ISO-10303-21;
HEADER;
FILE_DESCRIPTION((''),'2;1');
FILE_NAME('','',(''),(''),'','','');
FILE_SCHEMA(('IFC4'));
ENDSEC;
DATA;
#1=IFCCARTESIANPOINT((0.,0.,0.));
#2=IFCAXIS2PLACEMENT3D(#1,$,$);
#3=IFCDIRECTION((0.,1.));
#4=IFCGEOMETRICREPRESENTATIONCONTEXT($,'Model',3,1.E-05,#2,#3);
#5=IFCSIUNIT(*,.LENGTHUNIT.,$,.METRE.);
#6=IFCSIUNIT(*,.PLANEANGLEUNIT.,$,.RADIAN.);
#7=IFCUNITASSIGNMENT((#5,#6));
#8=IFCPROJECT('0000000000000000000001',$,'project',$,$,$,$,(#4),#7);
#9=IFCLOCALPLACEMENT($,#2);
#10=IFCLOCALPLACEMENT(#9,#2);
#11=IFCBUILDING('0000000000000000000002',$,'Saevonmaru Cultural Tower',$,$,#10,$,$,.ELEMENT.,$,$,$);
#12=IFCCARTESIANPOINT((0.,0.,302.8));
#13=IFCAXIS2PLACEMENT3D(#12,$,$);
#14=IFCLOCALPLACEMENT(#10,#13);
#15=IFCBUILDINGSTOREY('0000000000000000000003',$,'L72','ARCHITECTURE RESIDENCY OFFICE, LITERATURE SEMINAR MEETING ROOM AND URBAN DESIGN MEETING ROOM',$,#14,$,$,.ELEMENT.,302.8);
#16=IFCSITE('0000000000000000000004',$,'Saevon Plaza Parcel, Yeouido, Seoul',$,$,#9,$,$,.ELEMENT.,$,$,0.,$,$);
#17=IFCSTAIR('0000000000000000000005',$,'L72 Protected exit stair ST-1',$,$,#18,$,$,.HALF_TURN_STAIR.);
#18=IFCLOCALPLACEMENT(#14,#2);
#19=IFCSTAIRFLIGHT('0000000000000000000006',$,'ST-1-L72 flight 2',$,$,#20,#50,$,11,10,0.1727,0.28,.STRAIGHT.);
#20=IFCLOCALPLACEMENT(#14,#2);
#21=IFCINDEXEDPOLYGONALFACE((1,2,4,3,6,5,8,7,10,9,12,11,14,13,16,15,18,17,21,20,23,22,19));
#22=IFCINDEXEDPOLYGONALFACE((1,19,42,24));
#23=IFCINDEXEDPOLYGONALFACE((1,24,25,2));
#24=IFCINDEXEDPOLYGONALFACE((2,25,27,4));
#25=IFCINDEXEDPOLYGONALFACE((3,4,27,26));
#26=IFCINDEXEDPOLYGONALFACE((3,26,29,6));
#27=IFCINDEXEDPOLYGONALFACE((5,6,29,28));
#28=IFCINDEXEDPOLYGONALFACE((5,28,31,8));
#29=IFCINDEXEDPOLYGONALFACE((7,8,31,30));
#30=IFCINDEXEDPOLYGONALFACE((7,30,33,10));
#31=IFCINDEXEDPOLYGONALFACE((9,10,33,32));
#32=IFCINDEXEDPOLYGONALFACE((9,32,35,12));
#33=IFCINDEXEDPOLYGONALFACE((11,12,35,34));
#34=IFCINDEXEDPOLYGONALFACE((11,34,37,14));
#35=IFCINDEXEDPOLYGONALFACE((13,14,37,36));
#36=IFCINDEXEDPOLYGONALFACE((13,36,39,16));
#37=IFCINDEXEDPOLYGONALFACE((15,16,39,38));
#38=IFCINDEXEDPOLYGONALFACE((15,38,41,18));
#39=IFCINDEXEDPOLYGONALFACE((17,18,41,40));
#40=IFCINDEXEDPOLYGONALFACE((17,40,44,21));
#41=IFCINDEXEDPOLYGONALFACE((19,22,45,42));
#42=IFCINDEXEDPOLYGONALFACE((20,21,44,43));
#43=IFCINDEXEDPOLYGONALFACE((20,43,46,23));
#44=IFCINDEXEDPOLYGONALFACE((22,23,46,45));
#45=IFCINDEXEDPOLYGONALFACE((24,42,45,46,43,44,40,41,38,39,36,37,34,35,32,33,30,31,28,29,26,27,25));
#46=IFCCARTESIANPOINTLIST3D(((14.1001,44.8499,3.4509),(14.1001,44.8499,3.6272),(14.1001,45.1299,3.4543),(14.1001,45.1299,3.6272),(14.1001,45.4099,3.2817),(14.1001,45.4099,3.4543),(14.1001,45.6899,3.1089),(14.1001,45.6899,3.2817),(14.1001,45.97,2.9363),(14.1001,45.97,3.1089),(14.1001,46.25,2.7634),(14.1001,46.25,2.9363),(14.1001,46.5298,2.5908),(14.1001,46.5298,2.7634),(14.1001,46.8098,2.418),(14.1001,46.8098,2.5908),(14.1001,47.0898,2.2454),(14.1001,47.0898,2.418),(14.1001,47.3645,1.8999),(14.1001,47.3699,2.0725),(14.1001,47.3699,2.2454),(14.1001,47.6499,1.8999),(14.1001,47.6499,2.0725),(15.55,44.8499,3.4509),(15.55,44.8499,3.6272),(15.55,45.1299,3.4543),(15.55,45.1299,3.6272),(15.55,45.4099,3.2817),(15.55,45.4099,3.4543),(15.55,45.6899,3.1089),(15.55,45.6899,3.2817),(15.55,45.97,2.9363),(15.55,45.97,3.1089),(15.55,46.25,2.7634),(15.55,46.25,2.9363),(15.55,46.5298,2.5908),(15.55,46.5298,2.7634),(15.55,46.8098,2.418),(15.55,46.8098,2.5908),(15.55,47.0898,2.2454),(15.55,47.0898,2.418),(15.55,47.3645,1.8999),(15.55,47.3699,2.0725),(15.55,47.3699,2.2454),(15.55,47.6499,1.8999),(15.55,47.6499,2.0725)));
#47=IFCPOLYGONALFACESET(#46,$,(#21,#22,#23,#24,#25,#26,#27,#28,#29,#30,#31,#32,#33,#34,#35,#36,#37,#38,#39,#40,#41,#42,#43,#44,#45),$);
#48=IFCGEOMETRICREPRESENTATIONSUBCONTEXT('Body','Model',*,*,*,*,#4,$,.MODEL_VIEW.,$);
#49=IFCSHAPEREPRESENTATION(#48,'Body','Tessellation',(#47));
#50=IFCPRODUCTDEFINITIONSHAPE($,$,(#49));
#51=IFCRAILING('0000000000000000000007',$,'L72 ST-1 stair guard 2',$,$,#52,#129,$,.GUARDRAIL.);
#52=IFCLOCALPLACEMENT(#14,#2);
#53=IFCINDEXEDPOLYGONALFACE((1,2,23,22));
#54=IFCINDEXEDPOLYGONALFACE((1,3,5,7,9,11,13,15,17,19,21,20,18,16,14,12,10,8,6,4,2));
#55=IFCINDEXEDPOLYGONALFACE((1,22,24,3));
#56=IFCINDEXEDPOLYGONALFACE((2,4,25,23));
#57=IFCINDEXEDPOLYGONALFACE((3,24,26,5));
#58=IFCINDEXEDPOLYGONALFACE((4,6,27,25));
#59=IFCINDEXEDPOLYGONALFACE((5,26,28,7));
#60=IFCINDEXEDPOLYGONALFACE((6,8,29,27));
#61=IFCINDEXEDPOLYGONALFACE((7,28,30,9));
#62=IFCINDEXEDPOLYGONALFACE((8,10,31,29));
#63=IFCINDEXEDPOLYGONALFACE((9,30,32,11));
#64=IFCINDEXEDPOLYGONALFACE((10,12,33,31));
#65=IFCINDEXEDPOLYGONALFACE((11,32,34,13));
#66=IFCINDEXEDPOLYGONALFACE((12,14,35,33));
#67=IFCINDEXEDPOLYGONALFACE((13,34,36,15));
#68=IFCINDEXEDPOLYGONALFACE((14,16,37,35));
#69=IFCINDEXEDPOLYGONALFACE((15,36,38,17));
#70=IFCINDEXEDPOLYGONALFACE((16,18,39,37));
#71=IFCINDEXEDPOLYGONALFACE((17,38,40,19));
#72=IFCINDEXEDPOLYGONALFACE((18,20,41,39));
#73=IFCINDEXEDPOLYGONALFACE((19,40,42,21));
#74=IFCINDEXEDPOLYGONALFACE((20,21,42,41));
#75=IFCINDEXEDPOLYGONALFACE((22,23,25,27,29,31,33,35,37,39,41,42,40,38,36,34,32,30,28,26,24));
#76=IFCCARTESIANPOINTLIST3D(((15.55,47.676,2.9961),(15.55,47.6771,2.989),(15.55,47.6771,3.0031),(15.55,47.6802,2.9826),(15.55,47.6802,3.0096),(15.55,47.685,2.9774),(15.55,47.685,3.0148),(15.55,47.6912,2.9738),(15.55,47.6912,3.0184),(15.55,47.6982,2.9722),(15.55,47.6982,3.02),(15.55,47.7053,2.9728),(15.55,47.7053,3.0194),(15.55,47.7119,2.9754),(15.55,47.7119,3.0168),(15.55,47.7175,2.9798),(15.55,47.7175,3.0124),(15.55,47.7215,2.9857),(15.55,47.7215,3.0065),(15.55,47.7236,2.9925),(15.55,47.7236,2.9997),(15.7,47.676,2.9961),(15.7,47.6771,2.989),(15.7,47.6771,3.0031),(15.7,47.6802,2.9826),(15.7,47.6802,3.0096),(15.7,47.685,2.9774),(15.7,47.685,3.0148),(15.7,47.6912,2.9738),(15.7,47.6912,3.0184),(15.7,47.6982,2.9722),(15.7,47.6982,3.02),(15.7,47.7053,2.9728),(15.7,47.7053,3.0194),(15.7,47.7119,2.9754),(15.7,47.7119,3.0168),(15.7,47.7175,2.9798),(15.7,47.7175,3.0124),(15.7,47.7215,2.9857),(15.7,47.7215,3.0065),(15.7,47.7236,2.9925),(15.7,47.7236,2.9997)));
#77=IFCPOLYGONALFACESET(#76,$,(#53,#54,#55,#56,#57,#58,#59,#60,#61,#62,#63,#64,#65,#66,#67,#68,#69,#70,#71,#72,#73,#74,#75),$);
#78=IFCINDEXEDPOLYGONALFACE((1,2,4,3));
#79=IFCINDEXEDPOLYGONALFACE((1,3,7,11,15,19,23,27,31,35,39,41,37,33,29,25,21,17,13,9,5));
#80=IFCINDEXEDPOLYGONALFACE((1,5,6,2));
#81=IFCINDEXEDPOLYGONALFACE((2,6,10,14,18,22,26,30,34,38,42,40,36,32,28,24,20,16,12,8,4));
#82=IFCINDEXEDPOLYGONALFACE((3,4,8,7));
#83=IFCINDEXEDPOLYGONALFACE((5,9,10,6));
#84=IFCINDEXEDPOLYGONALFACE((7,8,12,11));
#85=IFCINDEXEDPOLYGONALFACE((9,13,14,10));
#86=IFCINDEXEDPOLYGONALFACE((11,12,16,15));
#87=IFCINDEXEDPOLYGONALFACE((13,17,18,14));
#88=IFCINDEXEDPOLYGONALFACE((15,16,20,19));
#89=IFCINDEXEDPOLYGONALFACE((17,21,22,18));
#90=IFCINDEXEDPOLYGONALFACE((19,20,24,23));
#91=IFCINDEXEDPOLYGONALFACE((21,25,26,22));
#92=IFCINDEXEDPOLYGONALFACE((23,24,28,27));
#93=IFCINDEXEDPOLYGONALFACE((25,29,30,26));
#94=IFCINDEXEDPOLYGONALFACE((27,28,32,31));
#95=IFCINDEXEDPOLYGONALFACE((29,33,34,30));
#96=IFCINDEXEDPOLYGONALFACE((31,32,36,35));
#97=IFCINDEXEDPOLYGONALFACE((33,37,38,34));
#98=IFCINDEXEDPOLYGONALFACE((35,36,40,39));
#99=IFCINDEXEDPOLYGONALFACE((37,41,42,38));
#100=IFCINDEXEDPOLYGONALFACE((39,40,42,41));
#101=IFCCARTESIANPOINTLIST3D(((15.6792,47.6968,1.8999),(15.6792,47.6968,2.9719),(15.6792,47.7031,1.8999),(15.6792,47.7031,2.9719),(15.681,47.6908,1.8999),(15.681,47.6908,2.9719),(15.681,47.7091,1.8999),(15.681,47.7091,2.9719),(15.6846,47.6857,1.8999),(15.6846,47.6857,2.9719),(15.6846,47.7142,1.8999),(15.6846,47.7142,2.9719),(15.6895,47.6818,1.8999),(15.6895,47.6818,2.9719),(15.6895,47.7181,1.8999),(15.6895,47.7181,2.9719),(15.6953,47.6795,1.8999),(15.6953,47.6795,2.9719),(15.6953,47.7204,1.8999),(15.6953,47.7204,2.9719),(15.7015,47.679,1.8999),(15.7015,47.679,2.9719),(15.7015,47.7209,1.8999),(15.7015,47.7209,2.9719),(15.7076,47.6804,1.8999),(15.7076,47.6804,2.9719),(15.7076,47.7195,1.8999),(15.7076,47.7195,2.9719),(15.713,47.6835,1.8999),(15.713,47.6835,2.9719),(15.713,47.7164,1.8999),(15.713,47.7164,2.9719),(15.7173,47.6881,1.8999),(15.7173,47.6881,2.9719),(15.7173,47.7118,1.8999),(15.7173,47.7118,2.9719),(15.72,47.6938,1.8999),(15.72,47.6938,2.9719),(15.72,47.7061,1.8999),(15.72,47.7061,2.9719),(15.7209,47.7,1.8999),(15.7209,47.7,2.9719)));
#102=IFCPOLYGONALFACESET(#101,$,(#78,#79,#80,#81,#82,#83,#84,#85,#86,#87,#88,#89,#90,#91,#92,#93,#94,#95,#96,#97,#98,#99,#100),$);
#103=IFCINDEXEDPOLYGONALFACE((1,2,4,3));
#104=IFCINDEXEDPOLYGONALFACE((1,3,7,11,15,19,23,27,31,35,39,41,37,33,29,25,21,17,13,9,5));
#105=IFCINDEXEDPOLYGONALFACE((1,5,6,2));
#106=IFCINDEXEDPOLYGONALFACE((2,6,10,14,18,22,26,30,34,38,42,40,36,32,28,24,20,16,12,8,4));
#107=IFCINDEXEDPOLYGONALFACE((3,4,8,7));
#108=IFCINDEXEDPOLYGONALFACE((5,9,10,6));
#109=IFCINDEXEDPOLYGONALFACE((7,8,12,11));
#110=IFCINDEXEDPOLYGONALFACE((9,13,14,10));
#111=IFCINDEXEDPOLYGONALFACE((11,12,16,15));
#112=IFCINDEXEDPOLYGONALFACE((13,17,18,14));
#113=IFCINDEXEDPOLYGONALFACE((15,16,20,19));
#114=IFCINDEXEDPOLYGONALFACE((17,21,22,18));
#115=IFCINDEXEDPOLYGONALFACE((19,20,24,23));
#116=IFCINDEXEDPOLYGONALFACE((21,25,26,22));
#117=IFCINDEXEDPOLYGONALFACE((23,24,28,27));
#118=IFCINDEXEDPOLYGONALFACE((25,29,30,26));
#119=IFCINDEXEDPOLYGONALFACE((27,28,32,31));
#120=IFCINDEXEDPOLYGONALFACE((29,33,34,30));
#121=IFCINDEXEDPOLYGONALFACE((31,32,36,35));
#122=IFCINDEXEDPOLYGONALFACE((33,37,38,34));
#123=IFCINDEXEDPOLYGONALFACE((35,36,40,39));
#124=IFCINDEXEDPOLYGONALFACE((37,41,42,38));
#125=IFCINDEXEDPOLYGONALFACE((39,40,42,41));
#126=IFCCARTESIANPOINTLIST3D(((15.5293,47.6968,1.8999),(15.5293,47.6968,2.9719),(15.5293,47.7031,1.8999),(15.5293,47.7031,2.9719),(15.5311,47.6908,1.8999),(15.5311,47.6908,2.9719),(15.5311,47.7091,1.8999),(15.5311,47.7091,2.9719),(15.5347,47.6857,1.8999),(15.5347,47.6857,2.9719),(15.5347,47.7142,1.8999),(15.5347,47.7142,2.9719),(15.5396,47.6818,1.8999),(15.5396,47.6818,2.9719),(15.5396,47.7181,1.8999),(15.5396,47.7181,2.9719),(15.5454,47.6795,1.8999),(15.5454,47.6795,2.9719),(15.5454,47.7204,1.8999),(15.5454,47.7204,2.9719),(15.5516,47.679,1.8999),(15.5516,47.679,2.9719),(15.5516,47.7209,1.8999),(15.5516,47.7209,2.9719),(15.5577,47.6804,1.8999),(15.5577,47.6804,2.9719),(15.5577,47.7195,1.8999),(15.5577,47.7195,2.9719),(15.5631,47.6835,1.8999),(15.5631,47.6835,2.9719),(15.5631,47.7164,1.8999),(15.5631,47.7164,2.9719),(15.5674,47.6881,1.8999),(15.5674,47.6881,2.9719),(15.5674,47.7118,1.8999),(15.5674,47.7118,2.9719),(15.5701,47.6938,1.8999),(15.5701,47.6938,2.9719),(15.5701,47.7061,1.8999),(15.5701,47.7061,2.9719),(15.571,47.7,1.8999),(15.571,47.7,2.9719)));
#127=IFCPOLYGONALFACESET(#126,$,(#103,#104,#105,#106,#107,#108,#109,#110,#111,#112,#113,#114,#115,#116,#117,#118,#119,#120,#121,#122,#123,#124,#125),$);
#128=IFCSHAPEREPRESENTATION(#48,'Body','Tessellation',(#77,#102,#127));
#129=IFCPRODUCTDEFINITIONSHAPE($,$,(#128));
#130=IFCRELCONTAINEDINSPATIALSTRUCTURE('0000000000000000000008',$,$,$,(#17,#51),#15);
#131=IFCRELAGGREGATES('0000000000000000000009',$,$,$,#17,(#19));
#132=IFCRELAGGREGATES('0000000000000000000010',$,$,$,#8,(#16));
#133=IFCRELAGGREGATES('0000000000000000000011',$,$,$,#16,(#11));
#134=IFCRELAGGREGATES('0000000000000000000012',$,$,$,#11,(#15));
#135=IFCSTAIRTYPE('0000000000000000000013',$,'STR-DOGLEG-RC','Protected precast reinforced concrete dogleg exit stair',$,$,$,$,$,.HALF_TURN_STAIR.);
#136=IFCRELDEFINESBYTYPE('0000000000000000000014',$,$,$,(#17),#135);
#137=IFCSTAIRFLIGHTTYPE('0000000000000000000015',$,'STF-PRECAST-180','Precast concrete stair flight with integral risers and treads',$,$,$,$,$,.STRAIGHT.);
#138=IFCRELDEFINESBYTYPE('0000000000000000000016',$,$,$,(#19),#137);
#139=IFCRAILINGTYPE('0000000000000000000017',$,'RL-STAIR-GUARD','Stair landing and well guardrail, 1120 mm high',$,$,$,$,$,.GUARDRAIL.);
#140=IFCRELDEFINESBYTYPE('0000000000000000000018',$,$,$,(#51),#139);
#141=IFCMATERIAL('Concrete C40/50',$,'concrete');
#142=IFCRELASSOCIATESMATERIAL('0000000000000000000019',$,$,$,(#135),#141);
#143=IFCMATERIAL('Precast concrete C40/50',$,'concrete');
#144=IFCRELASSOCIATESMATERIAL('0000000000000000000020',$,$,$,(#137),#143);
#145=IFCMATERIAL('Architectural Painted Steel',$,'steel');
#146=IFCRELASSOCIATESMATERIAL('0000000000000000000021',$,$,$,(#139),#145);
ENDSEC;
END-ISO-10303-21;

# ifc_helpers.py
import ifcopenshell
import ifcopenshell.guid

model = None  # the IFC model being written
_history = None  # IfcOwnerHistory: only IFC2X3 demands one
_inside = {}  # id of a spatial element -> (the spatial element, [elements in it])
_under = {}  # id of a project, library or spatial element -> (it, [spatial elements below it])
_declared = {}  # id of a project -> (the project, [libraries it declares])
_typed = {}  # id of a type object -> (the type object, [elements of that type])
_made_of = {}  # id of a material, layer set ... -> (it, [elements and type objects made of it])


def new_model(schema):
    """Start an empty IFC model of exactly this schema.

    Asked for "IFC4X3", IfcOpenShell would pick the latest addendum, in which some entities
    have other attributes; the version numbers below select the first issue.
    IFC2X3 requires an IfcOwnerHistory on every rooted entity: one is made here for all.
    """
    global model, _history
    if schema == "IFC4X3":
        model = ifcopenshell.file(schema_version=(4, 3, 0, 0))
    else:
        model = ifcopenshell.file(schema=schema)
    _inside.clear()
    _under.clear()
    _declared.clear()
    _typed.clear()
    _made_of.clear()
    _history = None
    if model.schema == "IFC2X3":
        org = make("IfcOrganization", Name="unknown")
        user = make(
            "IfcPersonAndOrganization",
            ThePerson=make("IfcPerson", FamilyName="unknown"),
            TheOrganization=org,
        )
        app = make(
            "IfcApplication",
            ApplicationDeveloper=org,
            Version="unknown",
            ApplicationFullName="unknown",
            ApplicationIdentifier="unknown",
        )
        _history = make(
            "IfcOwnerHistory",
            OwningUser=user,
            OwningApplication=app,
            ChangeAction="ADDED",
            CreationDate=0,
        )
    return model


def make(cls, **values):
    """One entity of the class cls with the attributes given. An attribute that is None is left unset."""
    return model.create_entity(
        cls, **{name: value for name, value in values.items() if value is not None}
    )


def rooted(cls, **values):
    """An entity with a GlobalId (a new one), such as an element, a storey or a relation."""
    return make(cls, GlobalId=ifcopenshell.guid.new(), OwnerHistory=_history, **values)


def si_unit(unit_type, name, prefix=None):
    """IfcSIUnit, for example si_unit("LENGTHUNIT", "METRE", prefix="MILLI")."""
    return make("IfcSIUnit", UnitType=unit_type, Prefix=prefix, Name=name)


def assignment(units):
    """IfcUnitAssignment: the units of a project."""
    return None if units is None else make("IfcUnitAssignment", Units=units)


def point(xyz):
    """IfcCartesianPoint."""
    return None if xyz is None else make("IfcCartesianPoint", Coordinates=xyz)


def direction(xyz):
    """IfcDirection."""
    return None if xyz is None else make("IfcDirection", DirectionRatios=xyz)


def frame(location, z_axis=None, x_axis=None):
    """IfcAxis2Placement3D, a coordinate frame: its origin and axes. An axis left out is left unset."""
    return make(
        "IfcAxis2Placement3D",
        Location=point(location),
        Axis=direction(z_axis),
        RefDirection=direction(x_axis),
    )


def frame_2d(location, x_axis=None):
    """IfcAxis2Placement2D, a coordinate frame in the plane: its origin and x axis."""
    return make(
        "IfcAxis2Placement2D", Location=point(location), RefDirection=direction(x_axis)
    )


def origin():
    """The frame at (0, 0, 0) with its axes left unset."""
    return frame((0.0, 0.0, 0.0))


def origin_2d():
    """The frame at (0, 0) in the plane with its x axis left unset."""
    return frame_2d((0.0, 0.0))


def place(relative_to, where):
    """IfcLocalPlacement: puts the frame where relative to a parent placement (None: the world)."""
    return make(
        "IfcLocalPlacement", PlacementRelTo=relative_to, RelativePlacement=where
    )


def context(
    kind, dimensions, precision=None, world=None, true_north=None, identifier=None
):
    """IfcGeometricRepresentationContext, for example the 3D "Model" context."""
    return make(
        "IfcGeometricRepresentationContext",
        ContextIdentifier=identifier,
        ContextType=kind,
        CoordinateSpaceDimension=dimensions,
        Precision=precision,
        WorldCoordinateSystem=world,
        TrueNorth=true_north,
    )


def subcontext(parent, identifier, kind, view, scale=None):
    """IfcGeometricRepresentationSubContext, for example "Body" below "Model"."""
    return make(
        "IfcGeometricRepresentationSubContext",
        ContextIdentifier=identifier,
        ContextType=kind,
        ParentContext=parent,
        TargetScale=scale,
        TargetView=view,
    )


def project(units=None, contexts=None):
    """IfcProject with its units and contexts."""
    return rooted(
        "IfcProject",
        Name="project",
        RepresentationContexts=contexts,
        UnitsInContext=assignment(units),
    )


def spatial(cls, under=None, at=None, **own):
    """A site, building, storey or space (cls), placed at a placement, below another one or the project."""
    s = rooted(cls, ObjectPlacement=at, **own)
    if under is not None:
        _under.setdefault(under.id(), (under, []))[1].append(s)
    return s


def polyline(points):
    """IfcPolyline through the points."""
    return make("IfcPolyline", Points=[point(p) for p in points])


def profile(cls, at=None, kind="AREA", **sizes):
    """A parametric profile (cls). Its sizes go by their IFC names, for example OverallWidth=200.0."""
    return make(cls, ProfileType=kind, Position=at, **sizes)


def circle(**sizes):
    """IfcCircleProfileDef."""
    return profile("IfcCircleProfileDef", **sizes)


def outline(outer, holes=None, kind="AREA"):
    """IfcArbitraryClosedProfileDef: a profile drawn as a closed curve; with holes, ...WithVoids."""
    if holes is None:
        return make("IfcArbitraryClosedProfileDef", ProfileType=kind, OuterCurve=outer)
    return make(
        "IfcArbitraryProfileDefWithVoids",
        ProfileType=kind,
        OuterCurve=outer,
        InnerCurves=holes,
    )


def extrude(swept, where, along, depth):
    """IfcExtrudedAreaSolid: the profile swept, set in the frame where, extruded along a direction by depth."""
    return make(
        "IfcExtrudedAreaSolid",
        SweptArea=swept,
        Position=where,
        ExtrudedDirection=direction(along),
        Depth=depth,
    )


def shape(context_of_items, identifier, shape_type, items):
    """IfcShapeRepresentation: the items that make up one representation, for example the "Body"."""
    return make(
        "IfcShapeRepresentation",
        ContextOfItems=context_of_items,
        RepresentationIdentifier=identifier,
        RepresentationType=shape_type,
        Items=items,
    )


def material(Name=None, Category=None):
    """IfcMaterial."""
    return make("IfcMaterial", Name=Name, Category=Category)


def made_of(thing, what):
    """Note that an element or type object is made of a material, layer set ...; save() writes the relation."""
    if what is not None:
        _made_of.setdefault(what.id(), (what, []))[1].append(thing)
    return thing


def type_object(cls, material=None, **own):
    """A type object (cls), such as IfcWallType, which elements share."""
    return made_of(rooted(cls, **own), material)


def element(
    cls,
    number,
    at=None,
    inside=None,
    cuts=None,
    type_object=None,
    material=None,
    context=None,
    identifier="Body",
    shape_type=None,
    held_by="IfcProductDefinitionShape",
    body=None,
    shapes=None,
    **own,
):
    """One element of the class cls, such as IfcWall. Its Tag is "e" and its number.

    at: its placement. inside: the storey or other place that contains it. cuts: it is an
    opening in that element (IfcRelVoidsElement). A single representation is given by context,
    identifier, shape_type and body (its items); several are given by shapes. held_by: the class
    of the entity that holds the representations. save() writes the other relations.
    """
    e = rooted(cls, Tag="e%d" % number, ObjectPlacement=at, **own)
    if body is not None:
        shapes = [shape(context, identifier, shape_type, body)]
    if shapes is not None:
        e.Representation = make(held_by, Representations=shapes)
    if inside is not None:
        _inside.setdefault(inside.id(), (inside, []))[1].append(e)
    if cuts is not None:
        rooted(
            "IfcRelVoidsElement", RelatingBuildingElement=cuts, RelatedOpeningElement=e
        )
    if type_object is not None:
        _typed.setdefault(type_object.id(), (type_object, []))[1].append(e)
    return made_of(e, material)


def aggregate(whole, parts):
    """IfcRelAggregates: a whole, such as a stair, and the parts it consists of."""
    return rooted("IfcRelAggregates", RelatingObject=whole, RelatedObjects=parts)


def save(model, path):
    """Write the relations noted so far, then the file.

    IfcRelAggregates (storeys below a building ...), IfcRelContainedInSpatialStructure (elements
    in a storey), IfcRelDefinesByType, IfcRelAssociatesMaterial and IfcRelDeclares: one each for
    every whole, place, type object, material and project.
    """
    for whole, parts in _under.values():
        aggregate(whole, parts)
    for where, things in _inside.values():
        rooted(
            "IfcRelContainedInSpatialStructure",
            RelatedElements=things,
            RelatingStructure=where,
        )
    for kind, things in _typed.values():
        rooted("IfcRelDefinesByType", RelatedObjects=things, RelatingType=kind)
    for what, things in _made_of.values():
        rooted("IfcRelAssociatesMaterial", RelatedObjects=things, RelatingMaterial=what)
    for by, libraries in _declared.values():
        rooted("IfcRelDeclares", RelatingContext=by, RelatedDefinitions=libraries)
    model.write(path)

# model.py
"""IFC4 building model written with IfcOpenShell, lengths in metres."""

from ifc_helpers import new_model, si_unit, direction, frame, origin, origin_2d, place, context, subcontext, project, spatial, polyline, circle, outline, extrude, material, type_object, element, aggregate, save


model = new_model("IFC4")

# Units and contexts
model_context = context("Model", 3, precision=1e-05, world=origin(), true_north=direction((0.0, 1.0)))
body_context = subcontext(model_context, "Body", "Model", "MODEL_VIEW")
ifc_project = project(units=[si_unit("LENGTHUNIT", "METRE"), si_unit("PLANEANGLEUNIT", "RADIAN")], contexts=[model_context])

# Site, building, storey
site_placement = place(None, origin())
site = spatial("IfcSite", under=ifc_project, at=site_placement, Name="Saevon Plaza Parcel, Yeouido, Seoul", CompositionType="ELEMENT", RefElevation=0.0)
building_placement = place(site_placement, origin())
building = spatial("IfcBuilding", under=site, at=building_placement, Name="Saevonmaru Cultural Tower", CompositionType="ELEMENT")
storey_placement = place(building_placement, frame((0.0, 0.0, 302.8)))
storey = spatial("IfcBuildingStorey", under=building, at=storey_placement, Name="L72", Description="ARCHITECTURE RESIDENCY OFFICE, LITERATURE SEMINAR MEETING ROOM AND URBAN DESIGN MEETING ROOM", CompositionType="ELEMENT", Elevation=302.8)

# Shared definitions
ifc_material_1 = material(Name="Concrete C40/50", Category="concrete")

# Stair, stair flight
stair_type = type_object("IfcStairType", Name="STR-DOGLEG-RC", Description="Protected precast reinforced concrete dogleg exit stair", PredefinedType="HALF_TURN_STAIR", material=ifc_material_1)
stair_placement = place(storey_placement, origin())
stair = element("IfcStair", 1, at=stair_placement, inside=storey, type_object=stair_type, Name="L72 Protected exit stair ST-1", PredefinedType="HALF_TURN_STAIR")
ifc_material_2 = material(Name="Precast concrete C40/50", Category="concrete")
stair_flight_type = type_object("IfcStairFlightType", Name="STF-PRECAST-180", Description="Precast concrete stair flight with integral risers and treads", PredefinedType="STRAIGHT", material=ifc_material_2)
stair_flight_placement = place(storey_placement, frame((14.825, 47.6499, 1.8999), z_axis=(0.0, 0.0, 1.0), x_axis=(0.0, -1.0, 0.0)))
stair_flight = element("IfcStairFlight", 2, at=stair_flight_placement, type_object=stair_flight_type, Name="ST-1-L72 flight 2", NumberOfRisers=11, NumberOfTreads=10, PredefinedType="STRAIGHT", RiserHeight=0.1727, TreadLength=0.28, context=body_context, shape_type="SweptSolid", body=[
    extrude(outline(polyline([(0.0, 0.0), (0.0, 0.1726), (0.28, 0.1726), (0.28, 0.3455), (0.5601, 0.3455), (0.5601, 0.5181), (0.8401, 0.5181), (0.8401, 0.6909), (1.1201, 0.6909), (1.1201, 0.8635), (1.3999, 0.8635), (1.3999, 1.0364), (1.6799, 1.0364), (1.6799, 1.209), (1.96, 1.209), (1.96, 1.3818), (2.24, 1.3818), (2.24, 1.5544), (2.52, 1.5544), (2.52, 1.7273), (2.8, 1.7273), (2.8, 1.8999), (2.8, 1.551), (0.2854, 0.0), (0.0, 0.0)])), frame((0.0, 0.7251, 0.0), z_axis=(0.0, -1.0, 0.0), x_axis=(1.0, 0.0, 0.0)), (0.0, 0.0, 1.0), 1.45),
])
aggregate(stair, [stair_flight])

# Railing
ifc_material_3 = material(Name="Architectural Painted Steel", Category="steel")
railing_type_1 = type_object("IfcRailingType", Name="RL-STAIR-GUARD", Description="Stair landing and well guardrail, 1120 mm high", PredefinedType="GUARDRAIL", material=ifc_material_3)
railing_1_placement = place(storey_placement, frame((15.7, 47.7, 1.8999)))
element("IfcRailing", 3, at=railing_1_placement, inside=storey, type_object=railing_type_1, Name="L72 ST-1 stair guard 2", PredefinedType="GUARDRAIL", context=body_context, shape_type="SweptSolid", body=[
    extrude(circle(Radius=0.0239, at=origin_2d()), frame((0.0, 0.0, 1.0962), z_axis=(-1.0, 0.0, 0.0), x_axis=(0.0, -1.0, 0.0)), (0.0, 0.0, 1.0), 0.1499),
    extrude(circle(Radius=0.021, at=origin_2d()), origin(), (0.0, 0.0, 1.0), 1.072),
    extrude(circle(Radius=0.021, at=origin_2d()), frame((-0.1499, 0.0, 0.0)), (0.0, 0.0, 1.0), 1.072),
])

save(model, "model.ifc")
